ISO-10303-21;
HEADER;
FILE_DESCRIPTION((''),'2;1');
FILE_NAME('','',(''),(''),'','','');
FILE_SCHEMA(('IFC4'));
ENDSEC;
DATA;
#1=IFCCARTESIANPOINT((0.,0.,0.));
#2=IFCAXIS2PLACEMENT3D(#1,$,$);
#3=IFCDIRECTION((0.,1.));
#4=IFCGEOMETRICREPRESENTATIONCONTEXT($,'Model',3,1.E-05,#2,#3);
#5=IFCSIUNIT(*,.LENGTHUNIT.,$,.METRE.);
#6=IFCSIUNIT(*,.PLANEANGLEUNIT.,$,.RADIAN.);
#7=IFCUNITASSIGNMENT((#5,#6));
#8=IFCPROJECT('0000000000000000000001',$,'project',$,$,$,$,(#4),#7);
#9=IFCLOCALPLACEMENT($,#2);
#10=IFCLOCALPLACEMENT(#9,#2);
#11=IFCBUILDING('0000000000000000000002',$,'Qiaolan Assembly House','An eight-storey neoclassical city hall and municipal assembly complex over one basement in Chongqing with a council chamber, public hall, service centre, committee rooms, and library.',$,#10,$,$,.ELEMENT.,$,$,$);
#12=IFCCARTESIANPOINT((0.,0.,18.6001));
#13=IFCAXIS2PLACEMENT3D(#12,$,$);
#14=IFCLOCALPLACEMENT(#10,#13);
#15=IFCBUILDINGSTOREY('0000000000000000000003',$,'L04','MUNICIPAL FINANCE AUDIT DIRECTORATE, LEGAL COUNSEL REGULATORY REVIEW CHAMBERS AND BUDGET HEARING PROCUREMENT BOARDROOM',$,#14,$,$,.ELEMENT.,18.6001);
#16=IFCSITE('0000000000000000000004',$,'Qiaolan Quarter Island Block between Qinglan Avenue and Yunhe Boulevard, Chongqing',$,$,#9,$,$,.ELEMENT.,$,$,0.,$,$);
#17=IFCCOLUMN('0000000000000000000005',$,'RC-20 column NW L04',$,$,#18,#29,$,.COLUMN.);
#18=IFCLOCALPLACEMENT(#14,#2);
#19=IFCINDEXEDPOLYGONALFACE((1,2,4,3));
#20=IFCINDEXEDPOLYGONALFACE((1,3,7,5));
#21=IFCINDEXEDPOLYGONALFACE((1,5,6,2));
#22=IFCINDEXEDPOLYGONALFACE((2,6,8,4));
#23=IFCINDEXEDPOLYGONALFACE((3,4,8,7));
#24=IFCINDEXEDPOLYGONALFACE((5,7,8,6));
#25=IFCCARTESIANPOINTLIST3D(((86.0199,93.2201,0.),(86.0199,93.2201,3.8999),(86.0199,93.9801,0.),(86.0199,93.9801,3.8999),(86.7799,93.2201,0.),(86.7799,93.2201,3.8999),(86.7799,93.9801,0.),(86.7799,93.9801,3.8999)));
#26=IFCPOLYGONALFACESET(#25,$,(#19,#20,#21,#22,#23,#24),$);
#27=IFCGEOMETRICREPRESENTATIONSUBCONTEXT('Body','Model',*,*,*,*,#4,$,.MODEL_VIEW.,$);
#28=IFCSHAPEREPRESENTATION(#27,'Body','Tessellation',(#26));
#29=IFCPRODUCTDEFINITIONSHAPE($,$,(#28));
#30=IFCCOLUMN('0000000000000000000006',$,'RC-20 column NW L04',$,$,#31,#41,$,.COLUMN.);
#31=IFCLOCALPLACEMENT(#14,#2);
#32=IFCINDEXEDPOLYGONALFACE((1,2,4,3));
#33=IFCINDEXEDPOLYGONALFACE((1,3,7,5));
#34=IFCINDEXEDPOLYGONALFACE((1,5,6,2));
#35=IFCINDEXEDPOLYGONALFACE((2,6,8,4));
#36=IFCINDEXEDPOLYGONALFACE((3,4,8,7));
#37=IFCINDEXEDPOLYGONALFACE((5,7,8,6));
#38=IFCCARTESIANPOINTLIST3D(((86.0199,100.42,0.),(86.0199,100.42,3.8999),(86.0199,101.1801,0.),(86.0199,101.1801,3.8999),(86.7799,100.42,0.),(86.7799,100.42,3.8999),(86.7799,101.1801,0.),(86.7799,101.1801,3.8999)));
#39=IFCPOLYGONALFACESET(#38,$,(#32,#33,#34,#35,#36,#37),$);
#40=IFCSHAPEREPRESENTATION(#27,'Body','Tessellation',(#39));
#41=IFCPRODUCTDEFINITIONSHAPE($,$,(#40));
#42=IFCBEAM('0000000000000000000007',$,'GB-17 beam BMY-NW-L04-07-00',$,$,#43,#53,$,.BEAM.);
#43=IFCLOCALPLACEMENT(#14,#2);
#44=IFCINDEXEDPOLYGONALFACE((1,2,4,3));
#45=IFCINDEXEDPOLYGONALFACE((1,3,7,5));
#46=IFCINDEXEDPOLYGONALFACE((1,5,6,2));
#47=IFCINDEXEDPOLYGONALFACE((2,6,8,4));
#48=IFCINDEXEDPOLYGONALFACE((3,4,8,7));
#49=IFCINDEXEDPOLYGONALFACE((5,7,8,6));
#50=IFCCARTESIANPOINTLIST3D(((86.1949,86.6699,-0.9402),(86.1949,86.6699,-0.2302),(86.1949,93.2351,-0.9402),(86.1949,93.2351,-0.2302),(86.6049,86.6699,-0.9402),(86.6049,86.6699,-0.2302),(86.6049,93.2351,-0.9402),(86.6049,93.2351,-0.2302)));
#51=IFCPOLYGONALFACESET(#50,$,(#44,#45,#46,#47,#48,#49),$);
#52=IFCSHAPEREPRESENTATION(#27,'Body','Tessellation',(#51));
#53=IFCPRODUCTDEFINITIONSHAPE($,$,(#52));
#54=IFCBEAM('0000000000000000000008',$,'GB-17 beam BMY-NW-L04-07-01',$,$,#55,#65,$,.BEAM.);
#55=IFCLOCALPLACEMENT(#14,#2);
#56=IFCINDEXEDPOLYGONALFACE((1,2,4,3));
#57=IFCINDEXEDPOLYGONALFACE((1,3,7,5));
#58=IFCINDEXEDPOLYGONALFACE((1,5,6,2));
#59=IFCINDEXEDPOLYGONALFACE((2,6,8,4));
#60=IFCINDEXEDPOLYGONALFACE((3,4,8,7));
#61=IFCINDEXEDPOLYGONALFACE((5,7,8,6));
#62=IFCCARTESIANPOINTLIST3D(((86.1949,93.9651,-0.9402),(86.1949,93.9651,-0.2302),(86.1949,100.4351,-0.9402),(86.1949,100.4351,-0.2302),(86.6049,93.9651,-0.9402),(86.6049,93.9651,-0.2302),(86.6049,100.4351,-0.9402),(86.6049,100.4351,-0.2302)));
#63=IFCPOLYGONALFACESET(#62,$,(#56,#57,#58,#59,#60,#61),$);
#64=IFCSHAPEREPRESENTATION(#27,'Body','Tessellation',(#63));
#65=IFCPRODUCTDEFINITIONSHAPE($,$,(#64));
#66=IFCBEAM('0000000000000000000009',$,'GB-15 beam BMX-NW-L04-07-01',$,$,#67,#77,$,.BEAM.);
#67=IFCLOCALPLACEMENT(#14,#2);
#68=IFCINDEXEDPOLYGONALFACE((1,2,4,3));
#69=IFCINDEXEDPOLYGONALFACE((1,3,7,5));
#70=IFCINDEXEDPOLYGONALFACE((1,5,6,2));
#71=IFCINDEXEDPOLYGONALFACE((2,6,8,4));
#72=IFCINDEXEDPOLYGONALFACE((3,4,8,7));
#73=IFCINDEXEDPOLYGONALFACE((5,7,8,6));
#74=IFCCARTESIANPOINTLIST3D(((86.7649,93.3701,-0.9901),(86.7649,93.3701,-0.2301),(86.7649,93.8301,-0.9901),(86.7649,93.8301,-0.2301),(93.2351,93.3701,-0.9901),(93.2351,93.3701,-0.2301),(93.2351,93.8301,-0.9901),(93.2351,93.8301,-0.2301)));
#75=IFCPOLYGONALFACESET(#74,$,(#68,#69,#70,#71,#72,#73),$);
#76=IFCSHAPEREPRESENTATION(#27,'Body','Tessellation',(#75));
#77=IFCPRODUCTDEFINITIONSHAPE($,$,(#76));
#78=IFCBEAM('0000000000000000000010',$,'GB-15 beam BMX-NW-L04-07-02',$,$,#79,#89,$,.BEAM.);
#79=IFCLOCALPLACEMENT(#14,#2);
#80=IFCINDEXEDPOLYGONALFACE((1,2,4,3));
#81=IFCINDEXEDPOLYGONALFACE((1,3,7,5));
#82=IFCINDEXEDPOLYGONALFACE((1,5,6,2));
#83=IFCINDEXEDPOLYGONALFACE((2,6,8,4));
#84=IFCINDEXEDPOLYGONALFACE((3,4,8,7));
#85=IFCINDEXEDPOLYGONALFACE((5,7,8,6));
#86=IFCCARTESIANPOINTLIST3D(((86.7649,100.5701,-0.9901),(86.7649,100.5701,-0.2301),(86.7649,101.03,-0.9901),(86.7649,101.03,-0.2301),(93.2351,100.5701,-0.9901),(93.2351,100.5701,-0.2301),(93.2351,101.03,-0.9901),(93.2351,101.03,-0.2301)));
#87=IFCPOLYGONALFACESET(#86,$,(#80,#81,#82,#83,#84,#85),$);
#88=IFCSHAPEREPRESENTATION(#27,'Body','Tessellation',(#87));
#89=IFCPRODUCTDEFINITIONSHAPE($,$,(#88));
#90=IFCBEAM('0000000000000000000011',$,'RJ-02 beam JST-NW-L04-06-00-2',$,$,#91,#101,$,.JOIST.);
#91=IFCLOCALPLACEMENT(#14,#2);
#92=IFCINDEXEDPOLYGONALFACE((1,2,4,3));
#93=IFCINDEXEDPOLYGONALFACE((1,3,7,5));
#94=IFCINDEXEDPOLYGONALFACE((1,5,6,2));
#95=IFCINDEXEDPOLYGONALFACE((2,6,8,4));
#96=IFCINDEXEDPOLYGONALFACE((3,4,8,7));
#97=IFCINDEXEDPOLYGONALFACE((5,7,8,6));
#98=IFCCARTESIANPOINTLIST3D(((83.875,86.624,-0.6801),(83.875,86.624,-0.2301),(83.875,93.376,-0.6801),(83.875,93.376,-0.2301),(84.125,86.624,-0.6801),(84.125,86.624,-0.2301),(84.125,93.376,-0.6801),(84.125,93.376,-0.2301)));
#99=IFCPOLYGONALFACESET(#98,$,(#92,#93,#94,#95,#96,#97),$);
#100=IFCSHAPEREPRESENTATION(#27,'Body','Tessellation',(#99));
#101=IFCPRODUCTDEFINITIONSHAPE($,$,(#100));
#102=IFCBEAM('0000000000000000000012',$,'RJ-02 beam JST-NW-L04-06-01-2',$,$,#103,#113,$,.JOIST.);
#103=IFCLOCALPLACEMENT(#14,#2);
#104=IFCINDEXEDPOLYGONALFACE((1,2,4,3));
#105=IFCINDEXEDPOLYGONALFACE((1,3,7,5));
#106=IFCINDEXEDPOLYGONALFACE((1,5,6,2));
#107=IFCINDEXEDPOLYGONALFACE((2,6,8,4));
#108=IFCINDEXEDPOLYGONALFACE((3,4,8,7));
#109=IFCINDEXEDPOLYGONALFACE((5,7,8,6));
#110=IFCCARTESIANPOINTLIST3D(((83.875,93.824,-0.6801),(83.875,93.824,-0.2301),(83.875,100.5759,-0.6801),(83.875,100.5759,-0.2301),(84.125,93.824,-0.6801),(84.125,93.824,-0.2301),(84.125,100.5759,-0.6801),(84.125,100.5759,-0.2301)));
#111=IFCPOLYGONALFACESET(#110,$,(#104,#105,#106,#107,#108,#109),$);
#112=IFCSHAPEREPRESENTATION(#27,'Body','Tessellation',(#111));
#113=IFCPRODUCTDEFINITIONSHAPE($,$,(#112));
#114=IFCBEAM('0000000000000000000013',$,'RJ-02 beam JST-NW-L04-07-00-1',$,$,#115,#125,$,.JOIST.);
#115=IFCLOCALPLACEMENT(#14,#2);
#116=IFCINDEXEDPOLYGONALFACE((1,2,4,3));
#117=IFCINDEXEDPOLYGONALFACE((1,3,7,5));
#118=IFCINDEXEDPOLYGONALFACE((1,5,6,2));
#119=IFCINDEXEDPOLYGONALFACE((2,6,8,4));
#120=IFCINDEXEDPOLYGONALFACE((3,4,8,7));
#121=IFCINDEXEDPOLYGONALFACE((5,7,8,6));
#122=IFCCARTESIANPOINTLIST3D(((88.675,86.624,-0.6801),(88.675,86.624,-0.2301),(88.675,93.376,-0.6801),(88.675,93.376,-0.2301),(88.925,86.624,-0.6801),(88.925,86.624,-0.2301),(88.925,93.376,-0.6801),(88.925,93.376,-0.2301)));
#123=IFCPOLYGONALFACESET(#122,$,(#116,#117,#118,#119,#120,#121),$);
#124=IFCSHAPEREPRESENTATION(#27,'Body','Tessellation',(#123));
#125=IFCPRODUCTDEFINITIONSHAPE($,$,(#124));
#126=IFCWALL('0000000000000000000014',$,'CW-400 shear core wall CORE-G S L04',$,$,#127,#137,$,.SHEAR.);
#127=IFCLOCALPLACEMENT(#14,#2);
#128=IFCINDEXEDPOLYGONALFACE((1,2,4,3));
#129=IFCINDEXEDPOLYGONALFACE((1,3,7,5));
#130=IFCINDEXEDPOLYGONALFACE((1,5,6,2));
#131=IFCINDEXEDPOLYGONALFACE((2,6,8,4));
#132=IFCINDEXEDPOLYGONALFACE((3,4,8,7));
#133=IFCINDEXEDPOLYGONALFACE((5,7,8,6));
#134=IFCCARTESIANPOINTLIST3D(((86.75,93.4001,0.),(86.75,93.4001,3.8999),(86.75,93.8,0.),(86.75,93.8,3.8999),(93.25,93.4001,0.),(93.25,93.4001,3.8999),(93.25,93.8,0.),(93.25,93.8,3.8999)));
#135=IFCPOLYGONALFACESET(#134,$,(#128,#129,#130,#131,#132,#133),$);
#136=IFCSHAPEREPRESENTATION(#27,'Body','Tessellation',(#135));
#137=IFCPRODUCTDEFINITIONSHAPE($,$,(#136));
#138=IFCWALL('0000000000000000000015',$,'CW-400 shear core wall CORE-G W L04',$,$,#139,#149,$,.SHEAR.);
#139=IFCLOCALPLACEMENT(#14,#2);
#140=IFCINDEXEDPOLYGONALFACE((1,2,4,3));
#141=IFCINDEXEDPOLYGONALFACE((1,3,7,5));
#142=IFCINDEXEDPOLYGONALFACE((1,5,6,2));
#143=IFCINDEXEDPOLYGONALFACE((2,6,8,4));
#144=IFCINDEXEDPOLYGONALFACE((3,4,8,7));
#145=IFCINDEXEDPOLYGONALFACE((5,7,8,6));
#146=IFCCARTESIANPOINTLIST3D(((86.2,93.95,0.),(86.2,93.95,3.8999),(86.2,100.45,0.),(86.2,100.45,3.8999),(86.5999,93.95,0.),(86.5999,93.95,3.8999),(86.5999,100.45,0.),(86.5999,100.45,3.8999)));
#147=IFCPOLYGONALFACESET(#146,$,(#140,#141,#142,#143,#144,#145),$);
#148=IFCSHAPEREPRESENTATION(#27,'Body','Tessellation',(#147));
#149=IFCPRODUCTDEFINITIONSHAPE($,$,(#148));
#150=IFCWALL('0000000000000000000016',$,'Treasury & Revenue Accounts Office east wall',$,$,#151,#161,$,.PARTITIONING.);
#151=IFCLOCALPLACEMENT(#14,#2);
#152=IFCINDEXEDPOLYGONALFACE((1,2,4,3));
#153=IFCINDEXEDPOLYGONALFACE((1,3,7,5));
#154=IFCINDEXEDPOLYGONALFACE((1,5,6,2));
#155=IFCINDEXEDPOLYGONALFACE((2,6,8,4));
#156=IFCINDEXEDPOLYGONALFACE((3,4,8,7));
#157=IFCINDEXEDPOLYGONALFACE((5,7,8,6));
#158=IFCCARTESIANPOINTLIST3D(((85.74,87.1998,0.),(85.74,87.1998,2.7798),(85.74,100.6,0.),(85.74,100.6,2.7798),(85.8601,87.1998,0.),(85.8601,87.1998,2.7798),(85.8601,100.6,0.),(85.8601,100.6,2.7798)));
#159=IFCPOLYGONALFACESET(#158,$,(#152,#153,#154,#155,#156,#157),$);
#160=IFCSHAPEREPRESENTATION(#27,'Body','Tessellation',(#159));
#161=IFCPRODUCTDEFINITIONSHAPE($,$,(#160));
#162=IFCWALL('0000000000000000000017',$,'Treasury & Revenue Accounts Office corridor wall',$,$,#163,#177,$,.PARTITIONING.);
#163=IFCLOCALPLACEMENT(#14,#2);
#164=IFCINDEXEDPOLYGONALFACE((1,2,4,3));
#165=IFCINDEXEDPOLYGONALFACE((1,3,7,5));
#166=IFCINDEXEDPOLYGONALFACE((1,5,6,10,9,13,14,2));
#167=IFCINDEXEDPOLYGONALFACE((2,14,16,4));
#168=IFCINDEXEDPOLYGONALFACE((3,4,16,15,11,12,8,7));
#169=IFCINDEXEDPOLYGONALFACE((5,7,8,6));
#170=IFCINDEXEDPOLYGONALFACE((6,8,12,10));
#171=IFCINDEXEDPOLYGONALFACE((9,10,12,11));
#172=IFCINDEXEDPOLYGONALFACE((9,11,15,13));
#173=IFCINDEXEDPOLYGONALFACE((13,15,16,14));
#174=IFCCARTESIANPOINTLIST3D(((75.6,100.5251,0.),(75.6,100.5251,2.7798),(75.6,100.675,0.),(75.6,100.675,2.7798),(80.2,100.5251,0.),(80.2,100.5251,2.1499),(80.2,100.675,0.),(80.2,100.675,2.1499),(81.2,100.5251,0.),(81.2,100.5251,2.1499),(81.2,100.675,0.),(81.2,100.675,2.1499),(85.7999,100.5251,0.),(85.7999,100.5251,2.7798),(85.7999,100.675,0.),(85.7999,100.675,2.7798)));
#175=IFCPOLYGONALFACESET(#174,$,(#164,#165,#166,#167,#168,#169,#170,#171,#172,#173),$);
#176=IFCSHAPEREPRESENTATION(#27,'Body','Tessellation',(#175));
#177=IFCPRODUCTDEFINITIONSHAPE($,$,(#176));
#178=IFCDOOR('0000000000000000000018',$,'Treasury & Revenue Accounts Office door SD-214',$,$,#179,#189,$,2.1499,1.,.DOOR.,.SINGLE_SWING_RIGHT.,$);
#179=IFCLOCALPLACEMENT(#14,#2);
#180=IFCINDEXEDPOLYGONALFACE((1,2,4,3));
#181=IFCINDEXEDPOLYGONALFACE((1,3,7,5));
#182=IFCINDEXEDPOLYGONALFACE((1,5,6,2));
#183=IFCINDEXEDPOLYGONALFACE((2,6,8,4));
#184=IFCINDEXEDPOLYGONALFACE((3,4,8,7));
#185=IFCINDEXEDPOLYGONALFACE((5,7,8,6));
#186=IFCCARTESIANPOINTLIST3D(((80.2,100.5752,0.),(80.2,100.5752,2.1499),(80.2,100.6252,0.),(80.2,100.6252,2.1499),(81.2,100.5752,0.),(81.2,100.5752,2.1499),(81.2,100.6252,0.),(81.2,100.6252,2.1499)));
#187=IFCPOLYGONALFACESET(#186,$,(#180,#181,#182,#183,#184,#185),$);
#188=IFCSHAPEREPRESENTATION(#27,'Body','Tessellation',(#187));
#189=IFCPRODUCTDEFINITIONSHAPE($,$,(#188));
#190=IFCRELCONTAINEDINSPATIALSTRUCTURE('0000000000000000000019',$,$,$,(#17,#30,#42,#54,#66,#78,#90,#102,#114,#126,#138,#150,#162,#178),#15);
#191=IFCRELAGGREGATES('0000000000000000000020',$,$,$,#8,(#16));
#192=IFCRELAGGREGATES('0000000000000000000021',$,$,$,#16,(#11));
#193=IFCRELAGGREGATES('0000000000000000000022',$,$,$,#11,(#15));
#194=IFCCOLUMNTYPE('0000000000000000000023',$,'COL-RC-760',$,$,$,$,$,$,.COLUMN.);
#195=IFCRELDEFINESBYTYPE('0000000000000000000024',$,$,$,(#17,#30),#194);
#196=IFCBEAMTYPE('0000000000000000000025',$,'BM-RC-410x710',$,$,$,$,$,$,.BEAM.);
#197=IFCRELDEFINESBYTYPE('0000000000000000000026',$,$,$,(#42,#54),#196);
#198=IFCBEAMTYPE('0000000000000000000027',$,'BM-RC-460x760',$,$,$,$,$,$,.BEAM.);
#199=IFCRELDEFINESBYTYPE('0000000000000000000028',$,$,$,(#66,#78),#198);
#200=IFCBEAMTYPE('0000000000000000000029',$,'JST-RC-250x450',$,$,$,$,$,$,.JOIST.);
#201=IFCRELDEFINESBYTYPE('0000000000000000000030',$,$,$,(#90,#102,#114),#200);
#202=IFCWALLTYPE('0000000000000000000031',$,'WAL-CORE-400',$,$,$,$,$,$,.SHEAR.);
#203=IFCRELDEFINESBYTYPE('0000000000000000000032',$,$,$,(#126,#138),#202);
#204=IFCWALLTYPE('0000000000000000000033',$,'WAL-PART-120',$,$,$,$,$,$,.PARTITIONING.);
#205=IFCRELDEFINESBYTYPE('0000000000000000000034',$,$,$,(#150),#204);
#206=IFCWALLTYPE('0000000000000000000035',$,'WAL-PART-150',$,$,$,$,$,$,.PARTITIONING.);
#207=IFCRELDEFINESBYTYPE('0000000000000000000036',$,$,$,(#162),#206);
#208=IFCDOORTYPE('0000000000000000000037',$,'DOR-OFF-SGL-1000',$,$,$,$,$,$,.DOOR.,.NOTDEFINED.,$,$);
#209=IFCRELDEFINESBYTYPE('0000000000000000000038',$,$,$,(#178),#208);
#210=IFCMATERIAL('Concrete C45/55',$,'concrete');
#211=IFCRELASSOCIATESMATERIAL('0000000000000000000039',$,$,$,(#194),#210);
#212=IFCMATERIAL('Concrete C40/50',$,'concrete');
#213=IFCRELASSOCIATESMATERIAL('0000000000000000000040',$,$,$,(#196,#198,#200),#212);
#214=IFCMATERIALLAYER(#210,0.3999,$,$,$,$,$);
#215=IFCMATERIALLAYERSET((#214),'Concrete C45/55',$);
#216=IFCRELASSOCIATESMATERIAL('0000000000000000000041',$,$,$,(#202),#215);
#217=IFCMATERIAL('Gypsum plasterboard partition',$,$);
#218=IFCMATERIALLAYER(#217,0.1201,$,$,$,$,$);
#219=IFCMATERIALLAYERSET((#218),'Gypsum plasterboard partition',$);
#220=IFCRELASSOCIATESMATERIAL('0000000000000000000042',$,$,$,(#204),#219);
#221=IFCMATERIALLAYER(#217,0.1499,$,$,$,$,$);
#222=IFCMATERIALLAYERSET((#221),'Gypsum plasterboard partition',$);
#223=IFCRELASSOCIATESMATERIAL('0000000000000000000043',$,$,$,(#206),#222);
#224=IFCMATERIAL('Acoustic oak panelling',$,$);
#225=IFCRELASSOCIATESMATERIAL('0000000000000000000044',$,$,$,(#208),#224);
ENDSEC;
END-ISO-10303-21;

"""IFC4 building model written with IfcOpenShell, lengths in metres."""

from ifc_helpers import new_model, si_unit, direction, frame, frame_2d, origin, origin_2d, place, context, subcontext, project, spatial, rectangle, extrude, material, layer, layer_set, material_profile, profile_set, type_object, element, fill, save


model = new_model("IFC4")

# Units and contexts
model_context = context("Model", 3, precision=1e-05, world=origin(), true_north=direction((0.0, 1.0)))
body_context = subcontext(model_context, "Body", "Model", "MODEL_VIEW")
ifc_project = project(units=[si_unit("LENGTHUNIT", "METRE"), si_unit("PLANEANGLEUNIT", "RADIAN")], contexts=[model_context])

# Site, building, storey
site_placement = place(None, origin())
site = spatial("IfcSite", under=ifc_project, at=site_placement, Name="Qiaolan Quarter Island Block between Qinglan Avenue and Yunhe Boulevard, Chongqing", CompositionType="ELEMENT", RefElevation=0.0)
building_placement = place(site_placement, origin())
building = spatial("IfcBuilding", under=site, at=building_placement, Name="Qiaolan Assembly House", Description="An eight-storey neoclassical city hall and municipal assembly complex over one basement in Chongqing with a council chamber, public hall, service centre, committee rooms, and library.", CompositionType="ELEMENT")
storey_placement = place(building_placement, frame((0.0, 0.0, 18.6001)))
storey = spatial("IfcBuildingStorey", under=building, at=storey_placement, Name="L04", Description="MUNICIPAL FINANCE AUDIT DIRECTORATE, LEGAL COUNSEL REGULATORY REVIEW CHAMBERS AND BUDGET HEARING PROCUREMENT BOARDROOM", CompositionType="ELEMENT", Elevation=18.6001)

# Columns
ifc_material_1 = material(Name="Concrete C45/55", Category="concrete")
ifc_material_profile_1 = material_profile(ifc_material_1, rectangle(XDim=0.76, YDim=0.76, at=origin_2d()), Name="RC 760x760")
ifc_profile_set_1 = profile_set([ifc_material_profile_1], Name="Concrete C45/55")
column_type = type_object("IfcColumnType", Name="COL-RC-760", PredefinedType="COLUMN", material=ifc_profile_set_1)
for number, where, z_axis, x_axis, name in (
    (1, (86.3999, 93.6001, 0.0), (0.0, 0.0, 1.0), (1.0, 0.0, 0.0), "RC-20 column NW L04"),
    (2, (86.3999, 100.8, 0.0), (0.0, 0.0, 1.0), (1.0, 0.0, 0.0), "RC-20 column NW L04"),
):
    element("IfcColumn", number, at=place(storey_placement, frame(where, z_axis=z_axis, x_axis=x_axis)), inside=storey, type_object=column_type, Name=name, PredefinedType="COLUMN", context=body_context, shape_type="SweptSolid", body=[
        extrude(rectangle(XDim=0.76, YDim=0.76, at=origin_2d()), origin(), (0.0, 0.0, 1.0), 3.8999),
    ])

# Beams
ifc_material_2 = material(Name="Concrete C40/50", Category="concrete")
ifc_material_profile_2 = material_profile(ifc_material_2, rectangle(XDim=0.4099, YDim=0.71, at=origin_2d()), Name="RCB 410x710")
ifc_profile_set_2 = profile_set([ifc_material_profile_2], Name="Concrete C40/50")
beam_type_1 = type_object("IfcBeamType", Name="BM-RC-410x710", PredefinedType="BEAM", material=ifc_profile_set_2)
beam_1_placement = place(storey_placement, frame((86.3999, 86.6699, -0.5852), z_axis=(0.0, 1.0, 0.0), x_axis=(-1.0, 0.0, 0.0)))
element("IfcBeam", 3, at=beam_1_placement, inside=storey, type_object=beam_type_1, Name="GB-17 beam BMY-NW-L04-07-00", PredefinedType="BEAM", context=body_context, shape_type="SweptSolid", body=[
    extrude(rectangle(XDim=0.4099, YDim=0.71, at=origin_2d()), origin(), (0.0, 0.0, 1.0), 6.5652),
])
beam_2_placement = place(storey_placement, frame((86.3999, 93.9651, -0.5852), z_axis=(0.0, 1.0, 0.0), x_axis=(-1.0, 0.0, 0.0)))
element("IfcBeam", 4, at=beam_2_placement, inside=storey, type_object=beam_type_1, Name="GB-17 beam BMY-NW-L04-07-01", PredefinedType="BEAM", context=body_context, shape_type="SweptSolid", body=[
    extrude(rectangle(XDim=0.4099, YDim=0.71, at=origin_2d()), origin(), (0.0, 0.0, 1.0), 6.47),
])
ifc_material_profile_3 = material_profile(ifc_material_2, rectangle(XDim=0.46, YDim=0.76, at=origin_2d()), Name="RCB 460x760")
ifc_profile_set_3 = profile_set([ifc_material_profile_3], Name="Concrete C40/50")
beam_type_2 = type_object("IfcBeamType", Name="BM-RC-460x760", PredefinedType="BEAM", material=ifc_profile_set_3)
for number, where, z_axis, x_axis, name in (
    (5, (86.7649, 93.6001, -0.6101), (1.0, 0.0, 0.0), (0.0, 1.0, 0.0), "GB-15 beam BMX-NW-L04-07-01"),
    (6, (86.7649, 100.8, -0.6101), (1.0, 0.0, 0.0), (0.0, 1.0, 0.0), "GB-15 beam BMX-NW-L04-07-02"),
):
    element("IfcBeam", number, at=place(storey_placement, frame(where, z_axis=z_axis, x_axis=x_axis)), inside=storey, type_object=beam_type_2, Name=name, PredefinedType="BEAM", context=body_context, shape_type="SweptSolid", body=[
        extrude(rectangle(XDim=0.46, YDim=0.76, at=origin_2d()), origin(), (0.0, 0.0, 1.0), 6.4702),
    ])
ifc_material_profile_4 = material_profile(ifc_material_2, rectangle(XDim=0.25, YDim=0.45, at=origin_2d()), Name="RCB 250x450")
ifc_profile_set_4 = profile_set([ifc_material_profile_4], Name="Concrete C40/50")
beam_type_3 = type_object("IfcBeamType", Name="JST-RC-250x450", PredefinedType="JOIST", material=ifc_profile_set_4)
for number, where, z_axis, x_axis, name in (
    (7, (84.0, 86.624, -0.4551), (0.0, 1.0, 0.0), (-1.0, 0.0, 0.0), "RJ-02 beam JST-NW-L04-06-00-2"),
    (8, (84.0, 93.824, -0.4551), (0.0, 1.0, 0.0), (-1.0, 0.0, 0.0), "RJ-02 beam JST-NW-L04-06-01-2"),
    (9, (88.8, 86.624, -0.4551), (0.0, 1.0, 0.0), (-1.0, 0.0, 0.0), "RJ-02 beam JST-NW-L04-07-00-1"),
):
    element("IfcBeam", number, at=place(storey_placement, frame(where, z_axis=z_axis, x_axis=x_axis)), inside=storey, type_object=beam_type_3, Name=name, PredefinedType="JOIST", context=body_context, shape_type="SweptSolid", body=[
        extrude(rectangle(XDim=0.25, YDim=0.45, at=origin_2d()), origin(), (0.0, 0.0, 1.0), 6.752),
    ])

# Walls
ifc_layer_1 = layer(ifc_material_1, 0.3999)
ifc_layer_set_1 = layer_set([ifc_layer_1], Name="Concrete C45/55")
wall_type_1 = type_object("IfcWallType", Name="WAL-CORE-400", PredefinedType="SHEAR", material=ifc_layer_set_1)
for number, where, z_axis, x_axis, name in (
    (10, (86.75, 93.6001, 0.0), (0.0, 0.0, 1.0), (1.0, 0.0, 0.0), "CW-400 shear core wall CORE-G S L04"),
    (11, (86.3999, 100.45, 0.0), (0.0, 0.0, 1.0), (0.0, -1.0, 0.0), "CW-400 shear core wall CORE-G W L04"),
):
    element("IfcWall", number, at=place(storey_placement, frame(where, z_axis=z_axis, x_axis=x_axis)), inside=storey, type_object=wall_type_1, Name=name, PredefinedType="SHEAR", context=body_context, shape_type="SweptSolid", body=[
        extrude(rectangle(XDim=6.5, YDim=0.3999, at=frame_2d((3.25, 0.0))), origin(), (0.0, 0.0, 1.0), 3.8999),
    ])
ifc_material_3 = material(Name="Gypsum plasterboard partition")
ifc_layer_2 = layer(ifc_material_3, 0.1201)
ifc_layer_set_2 = layer_set([ifc_layer_2], Name="Gypsum plasterboard partition")
wall_type_2 = type_object("IfcWallType", Name="WAL-PART-120", PredefinedType="PARTITIONING", material=ifc_layer_set_2)
wall_1_placement = place(storey_placement, frame((85.8, 100.6001, 0.0), z_axis=(0.0, 0.0, 1.0), x_axis=(0.0, -1.0, 0.0)))
element("IfcWall", 12, at=wall_1_placement, inside=storey, type_object=wall_type_2, Name="Treasury & Revenue Accounts Office east wall", PredefinedType="PARTITIONING", context=body_context, shape_type="SweptSolid", body=[
    extrude(rectangle(XDim=13.4001, YDim=0.1201, at=frame_2d((6.7002, 0.0))), origin(), (0.0, 0.0, 1.0), 2.7798),
])

# Wall, opening, door
ifc_layer_3 = layer(ifc_material_3, 0.1499)
ifc_layer_set_3 = layer_set([ifc_layer_3], Name="Gypsum plasterboard partition")
wall_type_3 = type_object("IfcWallType", Name="WAL-PART-150", PredefinedType="PARTITIONING", material=ifc_layer_set_3)
wall_2_placement = place(storey_placement, frame((85.8, 100.6001, 0.0), z_axis=(0.0, 0.0, 1.0), x_axis=(-1.0, 0.0, 0.0)))
wall_2 = element("IfcWall", 13, at=wall_2_placement, inside=storey, type_object=wall_type_3, Name="Treasury & Revenue Accounts Office corridor wall", PredefinedType="PARTITIONING", context=body_context, shape_type="SweptSolid", body=[
    extrude(rectangle(XDim=10.2, YDim=0.1499, at=frame_2d((5.1001, 0.0))), origin(), (0.0, 0.0, 1.0), 2.7798),
])
opening_placement = place(wall_2_placement, frame((4.6001, 0.0, 0.0)))
opening = element("IfcOpeningElement", 14, at=opening_placement, cuts=wall_2, PredefinedType="OPENING", context=body_context, shape_type="SweptSolid", body=[
    extrude(rectangle(XDim=1.0, YDim=2.1499, at=frame_2d((0.5, 1.075))), frame((0.0, 0.085, 0.0), z_axis=(0.0, -1.0, 0.0), x_axis=(1.0, 0.0, 0.0)), (0.0, 0.0, 1.0), 0.1699),
])
ifc_material_4 = material(Name="Acoustic oak panelling")
door_type = type_object("IfcDoorType", Name="DOR-OFF-SGL-1000", OperationType="NOTDEFINED", PredefinedType="DOOR", material=ifc_material_4)
door_placement = place(opening_placement, origin())
door = element("IfcDoor", 15, at=door_placement, inside=storey, type_object=door_type, Name="Treasury & Revenue Accounts Office door SD-214", OperationType="SINGLE_SWING_RIGHT", OverallHeight=2.1499, OverallWidth=1.0, PredefinedType="DOOR", context=body_context, shape_type="SweptSolid", body=[
    extrude(rectangle(XDim=1.0, YDim=2.1499, at=frame_2d((0.5, 1.075))), frame((0.0, 0.0249, 0.0), z_axis=(0.0, -1.0, 0.0), x_axis=(1.0, 0.0, 0.0)), (0.0, 0.0, 1.0), 0.05),
])
fill(opening, door)

save(model, "model.ifc")
